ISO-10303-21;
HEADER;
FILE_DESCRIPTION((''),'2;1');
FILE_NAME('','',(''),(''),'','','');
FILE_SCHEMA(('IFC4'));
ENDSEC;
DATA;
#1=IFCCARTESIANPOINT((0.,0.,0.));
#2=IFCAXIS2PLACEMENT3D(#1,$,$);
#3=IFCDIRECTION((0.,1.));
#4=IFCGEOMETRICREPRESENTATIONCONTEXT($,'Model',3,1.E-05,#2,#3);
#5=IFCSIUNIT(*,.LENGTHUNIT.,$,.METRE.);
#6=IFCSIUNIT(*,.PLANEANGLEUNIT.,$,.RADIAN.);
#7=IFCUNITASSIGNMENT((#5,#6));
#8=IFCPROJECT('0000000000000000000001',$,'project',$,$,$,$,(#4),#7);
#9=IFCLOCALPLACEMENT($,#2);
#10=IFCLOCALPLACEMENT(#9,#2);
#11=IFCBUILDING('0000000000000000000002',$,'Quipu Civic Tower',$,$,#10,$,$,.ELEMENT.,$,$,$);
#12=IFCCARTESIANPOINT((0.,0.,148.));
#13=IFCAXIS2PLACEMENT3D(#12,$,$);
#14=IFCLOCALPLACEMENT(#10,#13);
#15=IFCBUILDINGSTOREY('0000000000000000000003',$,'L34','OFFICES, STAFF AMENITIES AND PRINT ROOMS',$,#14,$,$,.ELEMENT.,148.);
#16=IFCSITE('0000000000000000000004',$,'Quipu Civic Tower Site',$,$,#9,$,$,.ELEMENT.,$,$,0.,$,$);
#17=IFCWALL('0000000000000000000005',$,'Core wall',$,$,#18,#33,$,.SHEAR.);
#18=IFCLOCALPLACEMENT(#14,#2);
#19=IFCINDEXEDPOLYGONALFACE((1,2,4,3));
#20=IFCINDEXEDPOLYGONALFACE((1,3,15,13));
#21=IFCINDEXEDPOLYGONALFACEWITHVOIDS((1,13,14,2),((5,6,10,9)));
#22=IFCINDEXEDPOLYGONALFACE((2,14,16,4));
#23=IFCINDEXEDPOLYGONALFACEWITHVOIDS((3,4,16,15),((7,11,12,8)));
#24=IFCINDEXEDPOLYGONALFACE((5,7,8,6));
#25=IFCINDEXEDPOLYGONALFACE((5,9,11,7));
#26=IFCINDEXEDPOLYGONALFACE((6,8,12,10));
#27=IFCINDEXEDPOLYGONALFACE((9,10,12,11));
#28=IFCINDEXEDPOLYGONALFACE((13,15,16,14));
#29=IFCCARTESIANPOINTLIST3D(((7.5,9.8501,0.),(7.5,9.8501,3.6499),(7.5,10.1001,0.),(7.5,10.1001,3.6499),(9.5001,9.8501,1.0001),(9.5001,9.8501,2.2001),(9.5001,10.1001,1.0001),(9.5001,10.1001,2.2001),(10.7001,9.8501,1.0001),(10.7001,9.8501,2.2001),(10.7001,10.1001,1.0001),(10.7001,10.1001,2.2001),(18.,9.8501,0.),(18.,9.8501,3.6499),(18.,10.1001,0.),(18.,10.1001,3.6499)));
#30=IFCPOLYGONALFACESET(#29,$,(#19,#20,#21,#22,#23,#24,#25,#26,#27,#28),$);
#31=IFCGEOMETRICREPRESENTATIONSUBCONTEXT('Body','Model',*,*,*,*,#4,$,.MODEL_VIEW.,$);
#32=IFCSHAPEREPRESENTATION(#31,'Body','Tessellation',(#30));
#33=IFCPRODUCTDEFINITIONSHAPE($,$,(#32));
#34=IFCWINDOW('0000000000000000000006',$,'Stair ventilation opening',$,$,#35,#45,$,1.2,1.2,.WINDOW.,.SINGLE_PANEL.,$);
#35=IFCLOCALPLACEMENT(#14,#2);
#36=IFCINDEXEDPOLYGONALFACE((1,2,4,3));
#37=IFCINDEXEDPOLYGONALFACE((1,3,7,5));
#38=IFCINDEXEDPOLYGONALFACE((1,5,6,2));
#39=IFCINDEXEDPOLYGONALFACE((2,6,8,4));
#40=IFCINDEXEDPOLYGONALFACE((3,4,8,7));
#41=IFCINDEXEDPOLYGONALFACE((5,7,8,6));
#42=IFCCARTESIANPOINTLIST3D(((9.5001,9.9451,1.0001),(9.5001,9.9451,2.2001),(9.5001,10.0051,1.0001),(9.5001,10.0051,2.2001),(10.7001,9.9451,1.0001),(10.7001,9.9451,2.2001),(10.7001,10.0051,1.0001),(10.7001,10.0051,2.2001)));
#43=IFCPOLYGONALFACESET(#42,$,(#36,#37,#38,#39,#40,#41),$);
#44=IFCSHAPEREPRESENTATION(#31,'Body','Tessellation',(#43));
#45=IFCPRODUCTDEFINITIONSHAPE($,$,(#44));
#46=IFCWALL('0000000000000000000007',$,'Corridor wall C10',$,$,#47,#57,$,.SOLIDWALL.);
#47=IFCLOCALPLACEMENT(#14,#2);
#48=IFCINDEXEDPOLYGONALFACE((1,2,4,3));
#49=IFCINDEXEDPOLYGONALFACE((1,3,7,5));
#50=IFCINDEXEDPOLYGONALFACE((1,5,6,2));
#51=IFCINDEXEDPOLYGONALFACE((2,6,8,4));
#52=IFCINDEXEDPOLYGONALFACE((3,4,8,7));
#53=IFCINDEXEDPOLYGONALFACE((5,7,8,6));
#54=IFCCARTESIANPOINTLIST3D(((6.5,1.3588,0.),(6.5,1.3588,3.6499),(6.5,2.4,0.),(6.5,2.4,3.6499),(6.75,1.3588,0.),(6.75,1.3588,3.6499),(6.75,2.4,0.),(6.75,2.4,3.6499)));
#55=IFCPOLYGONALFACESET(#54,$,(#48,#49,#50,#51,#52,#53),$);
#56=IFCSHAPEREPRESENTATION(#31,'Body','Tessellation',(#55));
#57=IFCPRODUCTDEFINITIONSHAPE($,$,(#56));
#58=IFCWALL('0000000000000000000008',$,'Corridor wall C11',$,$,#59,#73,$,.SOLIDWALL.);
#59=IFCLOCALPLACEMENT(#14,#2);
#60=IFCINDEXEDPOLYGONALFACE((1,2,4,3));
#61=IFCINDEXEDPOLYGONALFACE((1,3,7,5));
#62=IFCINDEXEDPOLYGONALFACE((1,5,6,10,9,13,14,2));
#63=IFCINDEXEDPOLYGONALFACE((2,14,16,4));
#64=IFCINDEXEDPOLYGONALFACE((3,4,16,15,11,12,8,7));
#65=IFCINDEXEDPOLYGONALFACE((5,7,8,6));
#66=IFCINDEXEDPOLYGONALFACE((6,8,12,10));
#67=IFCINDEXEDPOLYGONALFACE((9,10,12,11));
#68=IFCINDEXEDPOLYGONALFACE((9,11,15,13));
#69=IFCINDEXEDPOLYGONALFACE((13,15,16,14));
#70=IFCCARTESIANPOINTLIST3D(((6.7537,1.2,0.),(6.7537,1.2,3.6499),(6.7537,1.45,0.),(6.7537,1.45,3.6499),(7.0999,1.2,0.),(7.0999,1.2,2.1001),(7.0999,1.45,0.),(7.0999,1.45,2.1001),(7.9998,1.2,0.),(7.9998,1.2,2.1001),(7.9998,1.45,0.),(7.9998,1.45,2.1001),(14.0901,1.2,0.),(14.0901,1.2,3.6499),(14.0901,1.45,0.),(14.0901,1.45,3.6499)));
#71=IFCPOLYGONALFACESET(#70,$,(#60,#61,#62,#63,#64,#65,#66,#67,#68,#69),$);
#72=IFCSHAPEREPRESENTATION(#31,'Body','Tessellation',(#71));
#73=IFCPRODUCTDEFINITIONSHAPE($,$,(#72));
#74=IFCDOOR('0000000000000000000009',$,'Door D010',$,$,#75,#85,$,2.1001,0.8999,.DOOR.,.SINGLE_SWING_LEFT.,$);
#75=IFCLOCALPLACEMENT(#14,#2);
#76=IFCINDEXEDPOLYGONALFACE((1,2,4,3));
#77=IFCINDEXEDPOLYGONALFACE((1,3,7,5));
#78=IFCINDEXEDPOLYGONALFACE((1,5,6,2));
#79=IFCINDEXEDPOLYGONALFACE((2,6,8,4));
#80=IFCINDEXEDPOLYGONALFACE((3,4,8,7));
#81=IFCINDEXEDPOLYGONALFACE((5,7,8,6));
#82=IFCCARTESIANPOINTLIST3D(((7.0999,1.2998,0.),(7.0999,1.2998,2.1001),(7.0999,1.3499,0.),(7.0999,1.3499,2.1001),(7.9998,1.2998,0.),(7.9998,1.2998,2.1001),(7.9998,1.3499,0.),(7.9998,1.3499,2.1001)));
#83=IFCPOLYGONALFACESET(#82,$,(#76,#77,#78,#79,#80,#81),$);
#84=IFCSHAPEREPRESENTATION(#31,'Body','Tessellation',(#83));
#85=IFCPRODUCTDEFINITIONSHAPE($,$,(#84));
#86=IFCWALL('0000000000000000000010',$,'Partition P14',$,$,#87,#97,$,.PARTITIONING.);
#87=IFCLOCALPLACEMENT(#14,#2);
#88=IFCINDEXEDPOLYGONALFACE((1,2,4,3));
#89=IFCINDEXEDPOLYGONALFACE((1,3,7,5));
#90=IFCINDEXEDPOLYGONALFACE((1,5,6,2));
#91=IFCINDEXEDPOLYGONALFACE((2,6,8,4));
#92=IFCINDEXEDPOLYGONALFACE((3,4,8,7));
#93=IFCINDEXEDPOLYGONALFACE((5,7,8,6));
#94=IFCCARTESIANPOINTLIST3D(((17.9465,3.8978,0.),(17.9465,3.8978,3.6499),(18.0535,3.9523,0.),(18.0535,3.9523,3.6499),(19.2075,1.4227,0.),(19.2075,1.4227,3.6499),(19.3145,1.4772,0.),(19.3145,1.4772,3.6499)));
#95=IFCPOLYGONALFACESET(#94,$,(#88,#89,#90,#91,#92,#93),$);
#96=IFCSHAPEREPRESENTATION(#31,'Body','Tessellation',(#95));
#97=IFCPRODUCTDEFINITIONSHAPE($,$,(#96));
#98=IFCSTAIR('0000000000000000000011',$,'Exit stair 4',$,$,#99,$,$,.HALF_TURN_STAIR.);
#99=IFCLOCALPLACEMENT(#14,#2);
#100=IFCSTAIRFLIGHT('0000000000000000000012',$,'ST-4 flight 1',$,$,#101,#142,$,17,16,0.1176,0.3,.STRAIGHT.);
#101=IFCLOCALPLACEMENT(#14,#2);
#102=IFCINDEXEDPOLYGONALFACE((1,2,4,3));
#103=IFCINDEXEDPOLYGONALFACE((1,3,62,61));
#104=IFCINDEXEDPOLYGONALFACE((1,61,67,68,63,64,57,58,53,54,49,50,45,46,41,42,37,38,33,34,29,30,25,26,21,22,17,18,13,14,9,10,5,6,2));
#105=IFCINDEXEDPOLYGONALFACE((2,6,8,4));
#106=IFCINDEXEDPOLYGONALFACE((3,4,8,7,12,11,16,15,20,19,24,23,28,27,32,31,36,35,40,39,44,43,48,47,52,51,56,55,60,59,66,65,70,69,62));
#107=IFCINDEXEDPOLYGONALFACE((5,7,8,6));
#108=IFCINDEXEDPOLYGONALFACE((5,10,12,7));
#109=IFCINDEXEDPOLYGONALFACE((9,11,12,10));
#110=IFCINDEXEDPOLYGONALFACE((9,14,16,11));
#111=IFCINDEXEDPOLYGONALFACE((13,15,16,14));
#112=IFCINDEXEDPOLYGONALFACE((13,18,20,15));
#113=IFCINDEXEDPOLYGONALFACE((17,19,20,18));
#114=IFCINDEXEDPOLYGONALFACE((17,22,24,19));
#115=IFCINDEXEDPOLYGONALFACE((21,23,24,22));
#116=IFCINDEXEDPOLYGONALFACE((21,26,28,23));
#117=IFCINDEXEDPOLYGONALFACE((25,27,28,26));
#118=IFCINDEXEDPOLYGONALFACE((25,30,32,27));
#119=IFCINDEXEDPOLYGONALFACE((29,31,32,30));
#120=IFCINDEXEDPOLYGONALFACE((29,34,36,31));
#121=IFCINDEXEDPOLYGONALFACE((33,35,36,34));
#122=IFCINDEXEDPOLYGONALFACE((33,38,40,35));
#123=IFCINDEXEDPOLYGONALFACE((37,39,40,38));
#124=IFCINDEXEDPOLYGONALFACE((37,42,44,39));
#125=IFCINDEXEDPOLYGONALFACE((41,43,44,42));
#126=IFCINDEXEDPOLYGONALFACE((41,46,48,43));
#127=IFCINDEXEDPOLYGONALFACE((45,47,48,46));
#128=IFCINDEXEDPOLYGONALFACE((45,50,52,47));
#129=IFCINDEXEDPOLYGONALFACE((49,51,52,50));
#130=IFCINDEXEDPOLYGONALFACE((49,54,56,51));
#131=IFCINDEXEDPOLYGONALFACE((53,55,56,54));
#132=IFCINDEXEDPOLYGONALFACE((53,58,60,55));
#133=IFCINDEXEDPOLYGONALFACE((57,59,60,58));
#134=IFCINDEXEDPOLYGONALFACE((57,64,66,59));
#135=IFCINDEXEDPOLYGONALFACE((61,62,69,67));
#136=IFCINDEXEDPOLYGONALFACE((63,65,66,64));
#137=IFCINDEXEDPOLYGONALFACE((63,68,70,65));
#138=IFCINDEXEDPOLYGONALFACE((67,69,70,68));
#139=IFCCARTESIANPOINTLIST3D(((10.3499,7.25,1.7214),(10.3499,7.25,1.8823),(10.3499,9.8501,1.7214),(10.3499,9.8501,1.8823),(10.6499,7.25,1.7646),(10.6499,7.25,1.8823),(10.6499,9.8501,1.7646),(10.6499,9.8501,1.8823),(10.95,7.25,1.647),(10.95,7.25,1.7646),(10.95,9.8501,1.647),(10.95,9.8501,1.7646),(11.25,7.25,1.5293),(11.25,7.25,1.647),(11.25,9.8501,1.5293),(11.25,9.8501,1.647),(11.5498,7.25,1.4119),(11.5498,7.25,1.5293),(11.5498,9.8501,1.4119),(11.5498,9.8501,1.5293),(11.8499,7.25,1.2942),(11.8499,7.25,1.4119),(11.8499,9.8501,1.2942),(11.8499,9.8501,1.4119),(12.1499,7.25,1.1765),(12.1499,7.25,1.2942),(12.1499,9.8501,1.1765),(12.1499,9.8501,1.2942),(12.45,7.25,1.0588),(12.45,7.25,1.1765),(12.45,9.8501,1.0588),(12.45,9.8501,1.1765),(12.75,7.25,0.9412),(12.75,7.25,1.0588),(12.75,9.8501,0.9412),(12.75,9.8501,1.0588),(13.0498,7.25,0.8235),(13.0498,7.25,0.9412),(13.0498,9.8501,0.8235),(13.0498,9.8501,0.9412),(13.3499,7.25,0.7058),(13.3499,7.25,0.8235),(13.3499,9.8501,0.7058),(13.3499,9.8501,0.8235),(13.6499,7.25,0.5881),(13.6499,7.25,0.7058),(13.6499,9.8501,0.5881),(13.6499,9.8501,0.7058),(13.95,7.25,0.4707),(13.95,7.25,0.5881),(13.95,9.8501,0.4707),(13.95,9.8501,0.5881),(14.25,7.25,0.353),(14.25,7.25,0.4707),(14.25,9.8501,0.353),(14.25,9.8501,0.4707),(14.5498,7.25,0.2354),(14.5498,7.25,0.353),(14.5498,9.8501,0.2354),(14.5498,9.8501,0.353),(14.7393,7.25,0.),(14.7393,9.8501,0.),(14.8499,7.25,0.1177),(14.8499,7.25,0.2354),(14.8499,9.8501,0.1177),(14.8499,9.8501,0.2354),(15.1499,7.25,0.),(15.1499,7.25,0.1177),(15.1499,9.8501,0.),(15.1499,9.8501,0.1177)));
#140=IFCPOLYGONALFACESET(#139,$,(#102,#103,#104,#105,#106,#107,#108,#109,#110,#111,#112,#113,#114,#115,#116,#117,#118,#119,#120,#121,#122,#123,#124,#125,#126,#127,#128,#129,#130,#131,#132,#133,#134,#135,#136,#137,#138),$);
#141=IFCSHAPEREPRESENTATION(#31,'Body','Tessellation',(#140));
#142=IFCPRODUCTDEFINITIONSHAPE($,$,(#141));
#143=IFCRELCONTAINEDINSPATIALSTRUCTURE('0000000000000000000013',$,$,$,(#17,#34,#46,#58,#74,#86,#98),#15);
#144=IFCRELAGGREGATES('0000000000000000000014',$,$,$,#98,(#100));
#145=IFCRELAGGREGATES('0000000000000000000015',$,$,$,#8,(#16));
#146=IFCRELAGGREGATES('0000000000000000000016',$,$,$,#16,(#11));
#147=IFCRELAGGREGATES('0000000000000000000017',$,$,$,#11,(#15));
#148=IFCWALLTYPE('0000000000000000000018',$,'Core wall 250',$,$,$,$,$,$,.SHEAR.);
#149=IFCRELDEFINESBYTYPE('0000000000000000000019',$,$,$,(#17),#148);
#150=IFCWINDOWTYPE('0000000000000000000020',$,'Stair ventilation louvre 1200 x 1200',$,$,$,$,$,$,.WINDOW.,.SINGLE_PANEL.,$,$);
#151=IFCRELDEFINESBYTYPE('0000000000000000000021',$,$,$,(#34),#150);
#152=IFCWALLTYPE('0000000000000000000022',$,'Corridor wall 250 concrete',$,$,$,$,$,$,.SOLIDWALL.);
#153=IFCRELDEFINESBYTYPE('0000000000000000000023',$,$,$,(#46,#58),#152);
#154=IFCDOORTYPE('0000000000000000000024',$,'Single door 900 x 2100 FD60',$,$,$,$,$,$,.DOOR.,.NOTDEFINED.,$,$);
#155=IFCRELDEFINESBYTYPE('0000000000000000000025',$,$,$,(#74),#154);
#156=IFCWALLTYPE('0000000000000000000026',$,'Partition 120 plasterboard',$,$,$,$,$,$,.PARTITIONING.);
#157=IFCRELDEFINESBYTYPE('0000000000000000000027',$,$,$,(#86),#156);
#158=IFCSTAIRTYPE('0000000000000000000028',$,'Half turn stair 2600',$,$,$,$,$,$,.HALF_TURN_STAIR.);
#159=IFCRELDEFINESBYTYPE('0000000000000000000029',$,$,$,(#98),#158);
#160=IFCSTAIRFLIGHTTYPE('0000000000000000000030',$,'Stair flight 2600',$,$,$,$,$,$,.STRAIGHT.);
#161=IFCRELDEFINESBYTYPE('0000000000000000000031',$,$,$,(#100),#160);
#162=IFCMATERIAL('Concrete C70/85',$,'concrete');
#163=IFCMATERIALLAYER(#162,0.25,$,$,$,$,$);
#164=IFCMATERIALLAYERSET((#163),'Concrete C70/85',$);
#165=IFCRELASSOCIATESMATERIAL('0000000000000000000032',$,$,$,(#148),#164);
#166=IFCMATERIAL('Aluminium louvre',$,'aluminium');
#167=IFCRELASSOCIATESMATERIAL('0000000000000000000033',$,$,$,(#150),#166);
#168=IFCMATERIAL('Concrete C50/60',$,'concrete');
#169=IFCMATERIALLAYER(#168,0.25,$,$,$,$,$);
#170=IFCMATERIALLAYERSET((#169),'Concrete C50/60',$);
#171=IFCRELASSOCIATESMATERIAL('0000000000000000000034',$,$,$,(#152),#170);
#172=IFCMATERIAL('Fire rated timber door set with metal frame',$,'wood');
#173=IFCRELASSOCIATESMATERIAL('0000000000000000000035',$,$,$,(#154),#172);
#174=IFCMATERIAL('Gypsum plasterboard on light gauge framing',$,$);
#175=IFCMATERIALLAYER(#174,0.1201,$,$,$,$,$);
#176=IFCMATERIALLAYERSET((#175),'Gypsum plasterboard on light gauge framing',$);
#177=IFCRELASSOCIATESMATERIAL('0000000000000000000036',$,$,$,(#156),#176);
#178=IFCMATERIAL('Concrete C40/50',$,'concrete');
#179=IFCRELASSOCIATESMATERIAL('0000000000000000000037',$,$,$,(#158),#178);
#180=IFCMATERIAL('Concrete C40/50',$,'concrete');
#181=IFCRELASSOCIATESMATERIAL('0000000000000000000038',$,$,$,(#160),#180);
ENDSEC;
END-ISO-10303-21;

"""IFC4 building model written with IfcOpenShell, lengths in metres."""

from ifc_helpers import new_model, si_unit, direction, frame, frame_2d, origin, place, context, subcontext, project, spatial, polyline, rectangle, outline, extrude, material, layer, layer_set, type_object, element, fill, aggregate, save


model = new_model("IFC4")

# Units and contexts
model_context = context("Model", 3, precision=1e-05, world=origin(), true_north=direction((0.0, 1.0)))
body_context = subcontext(model_context, "Body", "Model", "MODEL_VIEW")
ifc_project = project(units=[si_unit("LENGTHUNIT", "METRE"), si_unit("PLANEANGLEUNIT", "RADIAN")], contexts=[model_context])

# Site, building, storey
site_placement = place(None, origin())
site = spatial("IfcSite", under=ifc_project, at=site_placement, Name="Quipu Civic Tower Site", CompositionType="ELEMENT", RefElevation=0.0)
building_placement = place(site_placement, origin())
building = spatial("IfcBuilding", under=site, at=building_placement, Name="Quipu Civic Tower", CompositionType="ELEMENT")
storey_placement = place(building_placement, frame((0.0, 0.0, 148.0)))
storey = spatial("IfcBuildingStorey", under=building, at=storey_placement, Name="L34", Description="OFFICES, STAFF AMENITIES AND PRINT ROOMS", CompositionType="ELEMENT", Elevation=148.0)

# Shared definitions
ifc_material_1 = material(Name="Concrete C70/85", Category="concrete")
ifc_layer_1 = layer(ifc_material_1, 0.25)
ifc_layer_set_1 = layer_set([ifc_layer_1], Name="Concrete C70/85")
wall_type_1 = type_object("IfcWallType", Name="Core wall 250", PredefinedType="SHEAR", material=ifc_layer_set_1)

# Wall, opening, window
wall_1_placement = place(storey_placement, frame((7.5, 9.9751, 0.0), z_axis=(0.0, 0.0, 1.0), x_axis=(1.0, 0.0, 0.0)))
wall_1 = element("IfcWall", 1, at=wall_1_placement, inside=storey, type_object=wall_type_1, Name="Core wall", PredefinedType="SHEAR", context=body_context, shape_type="SweptSolid", body=[
    extrude(rectangle(XDim=10.5, YDim=0.25, at=frame_2d((5.25, 0.0))), origin(), (0.0, 0.0, 1.0), 3.6499),
])
opening_1_placement = place(wall_1_placement, frame((2.0, 0.0, 1.0)))
opening_1 = element("IfcOpeningElement", 2, at=opening_1_placement, cuts=wall_1, PredefinedType="OPENING", context=body_context, shape_type="SweptSolid", body=[
    extrude(rectangle(XDim=1.2, YDim=1.2, at=frame_2d((0.6001, 0.6001))), frame((0.0, 0.135, 0.0), z_axis=(0.0, -1.0, 0.0), x_axis=(1.0, 0.0, 0.0)), (0.0, 0.0, 1.0), 0.27),
])
ifc_material_2 = material(Name="Aluminium louvre", Category="aluminium")
window_type = type_object("IfcWindowType", Name="Stair ventilation louvre 1200 x 1200", PartitioningType="SINGLE_PANEL", PredefinedType="WINDOW", material=ifc_material_2)
window_placement = place(opening_1_placement, origin())
window = element("IfcWindow", 3, at=window_placement, inside=storey, type_object=window_type, Name="Stair ventilation opening", OverallHeight=1.2, OverallWidth=1.2, PartitioningType="SINGLE_PANEL", PredefinedType="WINDOW", context=body_context, shape_type="SweptSolid", body=[
    extrude(rectangle(XDim=1.2, YDim=1.2, at=frame_2d((0.6001, 0.6001))), frame((0.0, 0.03, 0.0), z_axis=(0.0, -1.0, 0.0), x_axis=(1.0, 0.0, 0.0)), (0.0, 0.0, 1.0), 0.0601),
])
fill(opening_1, window)

# Wall
ifc_material_3 = material(Name="Concrete C50/60", Category="concrete")
ifc_layer_2 = layer(ifc_material_3, 0.25)
ifc_layer_set_2 = layer_set([ifc_layer_2], Name="Concrete C50/60")
wall_type_2 = type_object("IfcWallType", Name="Corridor wall 250 concrete", PredefinedType="SOLIDWALL", material=ifc_layer_set_2)
wall_2_placement = place(storey_placement, frame((6.625, 2.3999, 0.0), z_axis=(0.0, 0.0, 1.0), x_axis=(0.0, -1.0, 0.0)))
element("IfcWall", 4, at=wall_2_placement, inside=storey, type_object=wall_type_2, Name="Corridor wall C10", PredefinedType="SOLIDWALL", context=body_context, shape_type="SweptSolid", body=[
    extrude(rectangle(XDim=1.0413, YDim=0.25, at=frame_2d((0.5205, 0.0))), origin(), (0.0, 0.0, 1.0), 3.6499),
])

# Wall, opening, door
wall_3_placement = place(storey_placement, frame((6.7537, 1.325, 0.0), z_axis=(0.0, 0.0, 1.0), x_axis=(1.0, 0.0, 0.0)))
wall_3 = element("IfcWall", 5, at=wall_3_placement, inside=storey, type_object=wall_type_2, Name="Corridor wall C11", PredefinedType="SOLIDWALL", context=body_context, shape_type="SweptSolid", body=[
    extrude(rectangle(XDim=7.3364, YDim=0.25, at=frame_2d((3.6682, 0.0))), origin(), (0.0, 0.0, 1.0), 3.6499),
])
opening_2_placement = place(wall_3_placement, frame((0.3462, 0.0, 0.0)))
opening_2 = element("IfcOpeningElement", 6, at=opening_2_placement, cuts=wall_3, PredefinedType="OPENING", context=body_context, shape_type="SweptSolid", body=[
    extrude(rectangle(XDim=0.8999, YDim=2.1001, at=frame_2d((0.45, 1.05))), frame((0.0, 0.135, 0.0), z_axis=(0.0, -1.0, 0.0), x_axis=(1.0, 0.0, 0.0)), (0.0, 0.0, 1.0), 0.27),
])
ifc_material_4 = material(Name="Fire rated timber door set with metal frame", Category="wood")
door_type_1 = type_object("IfcDoorType", Name="Single door 900 x 2100 FD60", OperationType="NOTDEFINED", PredefinedType="DOOR", material=ifc_material_4)
door_1_placement = place(opening_2_placement, origin())
door_1 = element("IfcDoor", 7, at=door_1_placement, inside=storey, type_object=door_type_1, Name="Door D010", OperationType="SINGLE_SWING_LEFT", OverallHeight=2.1001, OverallWidth=0.8999, PredefinedType="DOOR", context=body_context, shape_type="SweptSolid", body=[
    extrude(rectangle(XDim=0.8999, YDim=2.1001, at=frame_2d((0.45, 1.05))), frame((0.0, 0.0249, 0.0), z_axis=(0.0, -1.0, 0.0), x_axis=(1.0, 0.0, 0.0)), (0.0, 0.0, 1.0), 0.05),
])
fill(opening_2, door_1)

# Wall
ifc_material_5 = material(Name="Gypsum plasterboard on light gauge framing")
ifc_layer_3 = layer(ifc_material_5, 0.1201)
ifc_layer_set_3 = layer_set([ifc_layer_3], Name="Gypsum plasterboard on light gauge framing")
wall_type_3 = type_object("IfcWallType", Name="Partition 120 plasterboard", PredefinedType="PARTITIONING", material=ifc_layer_set_3)
wall_4_placement = place(storey_placement, frame((18.0, 3.925, 0.0), z_axis=(0.0, 0.0, 1.0), x_axis=(0.453951, -0.891027, 0.0)))
element("IfcWall", 8, at=wall_4_placement, inside=storey, type_object=wall_type_3, Name="Partition P14", PredefinedType="PARTITIONING", context=body_context, shape_type="SweptSolid", body=[
    extrude(rectangle(XDim=2.7778, YDim=0.1201, at=frame_2d((1.3889, 0.0))), origin(), (0.0, 0.0, 1.0), 3.6499),
])

# Stair, stair flight
ifc_material_6 = material(Name="Concrete C40/50", Category="concrete")
stair_type = type_object("IfcStairType", Name="Half turn stair 2600", PredefinedType="HALF_TURN_STAIR", material=ifc_material_6)
stair_placement = place(storey_placement, origin())
stair = element("IfcStair", 9, at=stair_placement, inside=storey, type_object=stair_type, Name="Exit stair 4", PredefinedType="HALF_TURN_STAIR")
ifc_material_7 = material(Name="Concrete C40/50", Category="concrete")
stair_flight_type = type_object("IfcStairFlightType", Name="Stair flight 2600", PredefinedType="STRAIGHT", material=ifc_material_7)
stair_flight_1_placement = place(storey_placement, frame((15.1499, 8.55, 0.0), z_axis=(0.0, 0.0, 1.0), x_axis=(-1.0, 0.0, 0.0)))
stair_flight_1 = element("IfcStairFlight", 10, at=stair_flight_1_placement, type_object=stair_flight_type, Name="ST-4 flight 1", NumberOfRisers=17, NumberOfTreads=16, PredefinedType="STRAIGHT", RiserHeight=0.1176, TreadLength=0.3, context=body_context, shape_type="SweptSolid", body=[
    extrude(outline(polyline([(0.0, 0.0), (0.0, 0.1177), (0.3, 0.1177), (0.3, 0.2354), (0.6001, 0.2354), (0.6001, 0.353), (0.8999, 0.353), (0.8999, 0.4707), (1.2, 0.4707), (1.2, 0.5881), (1.5, 0.5881), (1.5, 0.7058), (1.8, 0.7058), (1.8, 0.8235), (2.1001, 0.8235), (2.1001, 0.9412), (2.3999, 0.9412), (2.3999, 1.0588), (2.7, 1.0588), (2.7, 1.1765), (3.0, 1.1765), (3.0, 1.2942), (3.3, 1.2942), (3.3, 1.4119), (3.6001, 1.4119), (3.6001, 1.5293), (3.8999, 1.5293), (3.8999, 1.647), (4.2, 1.647), (4.2, 1.7646), (4.5, 1.7646), (4.5, 1.8823), (4.8, 1.8823), (4.8, 2.0), (4.8, 1.7214), (0.4106, 0.0), (0.0, 0.0)])), frame((0.0, 1.3, 0.0), z_axis=(0.0, -1.0, 0.0), x_axis=(1.0, 0.0, 0.0)), (0.0, 0.0, 1.0), 2.6001),
])
aggregate(stair, [stair_flight_1])

save(model, "model.ifc")
